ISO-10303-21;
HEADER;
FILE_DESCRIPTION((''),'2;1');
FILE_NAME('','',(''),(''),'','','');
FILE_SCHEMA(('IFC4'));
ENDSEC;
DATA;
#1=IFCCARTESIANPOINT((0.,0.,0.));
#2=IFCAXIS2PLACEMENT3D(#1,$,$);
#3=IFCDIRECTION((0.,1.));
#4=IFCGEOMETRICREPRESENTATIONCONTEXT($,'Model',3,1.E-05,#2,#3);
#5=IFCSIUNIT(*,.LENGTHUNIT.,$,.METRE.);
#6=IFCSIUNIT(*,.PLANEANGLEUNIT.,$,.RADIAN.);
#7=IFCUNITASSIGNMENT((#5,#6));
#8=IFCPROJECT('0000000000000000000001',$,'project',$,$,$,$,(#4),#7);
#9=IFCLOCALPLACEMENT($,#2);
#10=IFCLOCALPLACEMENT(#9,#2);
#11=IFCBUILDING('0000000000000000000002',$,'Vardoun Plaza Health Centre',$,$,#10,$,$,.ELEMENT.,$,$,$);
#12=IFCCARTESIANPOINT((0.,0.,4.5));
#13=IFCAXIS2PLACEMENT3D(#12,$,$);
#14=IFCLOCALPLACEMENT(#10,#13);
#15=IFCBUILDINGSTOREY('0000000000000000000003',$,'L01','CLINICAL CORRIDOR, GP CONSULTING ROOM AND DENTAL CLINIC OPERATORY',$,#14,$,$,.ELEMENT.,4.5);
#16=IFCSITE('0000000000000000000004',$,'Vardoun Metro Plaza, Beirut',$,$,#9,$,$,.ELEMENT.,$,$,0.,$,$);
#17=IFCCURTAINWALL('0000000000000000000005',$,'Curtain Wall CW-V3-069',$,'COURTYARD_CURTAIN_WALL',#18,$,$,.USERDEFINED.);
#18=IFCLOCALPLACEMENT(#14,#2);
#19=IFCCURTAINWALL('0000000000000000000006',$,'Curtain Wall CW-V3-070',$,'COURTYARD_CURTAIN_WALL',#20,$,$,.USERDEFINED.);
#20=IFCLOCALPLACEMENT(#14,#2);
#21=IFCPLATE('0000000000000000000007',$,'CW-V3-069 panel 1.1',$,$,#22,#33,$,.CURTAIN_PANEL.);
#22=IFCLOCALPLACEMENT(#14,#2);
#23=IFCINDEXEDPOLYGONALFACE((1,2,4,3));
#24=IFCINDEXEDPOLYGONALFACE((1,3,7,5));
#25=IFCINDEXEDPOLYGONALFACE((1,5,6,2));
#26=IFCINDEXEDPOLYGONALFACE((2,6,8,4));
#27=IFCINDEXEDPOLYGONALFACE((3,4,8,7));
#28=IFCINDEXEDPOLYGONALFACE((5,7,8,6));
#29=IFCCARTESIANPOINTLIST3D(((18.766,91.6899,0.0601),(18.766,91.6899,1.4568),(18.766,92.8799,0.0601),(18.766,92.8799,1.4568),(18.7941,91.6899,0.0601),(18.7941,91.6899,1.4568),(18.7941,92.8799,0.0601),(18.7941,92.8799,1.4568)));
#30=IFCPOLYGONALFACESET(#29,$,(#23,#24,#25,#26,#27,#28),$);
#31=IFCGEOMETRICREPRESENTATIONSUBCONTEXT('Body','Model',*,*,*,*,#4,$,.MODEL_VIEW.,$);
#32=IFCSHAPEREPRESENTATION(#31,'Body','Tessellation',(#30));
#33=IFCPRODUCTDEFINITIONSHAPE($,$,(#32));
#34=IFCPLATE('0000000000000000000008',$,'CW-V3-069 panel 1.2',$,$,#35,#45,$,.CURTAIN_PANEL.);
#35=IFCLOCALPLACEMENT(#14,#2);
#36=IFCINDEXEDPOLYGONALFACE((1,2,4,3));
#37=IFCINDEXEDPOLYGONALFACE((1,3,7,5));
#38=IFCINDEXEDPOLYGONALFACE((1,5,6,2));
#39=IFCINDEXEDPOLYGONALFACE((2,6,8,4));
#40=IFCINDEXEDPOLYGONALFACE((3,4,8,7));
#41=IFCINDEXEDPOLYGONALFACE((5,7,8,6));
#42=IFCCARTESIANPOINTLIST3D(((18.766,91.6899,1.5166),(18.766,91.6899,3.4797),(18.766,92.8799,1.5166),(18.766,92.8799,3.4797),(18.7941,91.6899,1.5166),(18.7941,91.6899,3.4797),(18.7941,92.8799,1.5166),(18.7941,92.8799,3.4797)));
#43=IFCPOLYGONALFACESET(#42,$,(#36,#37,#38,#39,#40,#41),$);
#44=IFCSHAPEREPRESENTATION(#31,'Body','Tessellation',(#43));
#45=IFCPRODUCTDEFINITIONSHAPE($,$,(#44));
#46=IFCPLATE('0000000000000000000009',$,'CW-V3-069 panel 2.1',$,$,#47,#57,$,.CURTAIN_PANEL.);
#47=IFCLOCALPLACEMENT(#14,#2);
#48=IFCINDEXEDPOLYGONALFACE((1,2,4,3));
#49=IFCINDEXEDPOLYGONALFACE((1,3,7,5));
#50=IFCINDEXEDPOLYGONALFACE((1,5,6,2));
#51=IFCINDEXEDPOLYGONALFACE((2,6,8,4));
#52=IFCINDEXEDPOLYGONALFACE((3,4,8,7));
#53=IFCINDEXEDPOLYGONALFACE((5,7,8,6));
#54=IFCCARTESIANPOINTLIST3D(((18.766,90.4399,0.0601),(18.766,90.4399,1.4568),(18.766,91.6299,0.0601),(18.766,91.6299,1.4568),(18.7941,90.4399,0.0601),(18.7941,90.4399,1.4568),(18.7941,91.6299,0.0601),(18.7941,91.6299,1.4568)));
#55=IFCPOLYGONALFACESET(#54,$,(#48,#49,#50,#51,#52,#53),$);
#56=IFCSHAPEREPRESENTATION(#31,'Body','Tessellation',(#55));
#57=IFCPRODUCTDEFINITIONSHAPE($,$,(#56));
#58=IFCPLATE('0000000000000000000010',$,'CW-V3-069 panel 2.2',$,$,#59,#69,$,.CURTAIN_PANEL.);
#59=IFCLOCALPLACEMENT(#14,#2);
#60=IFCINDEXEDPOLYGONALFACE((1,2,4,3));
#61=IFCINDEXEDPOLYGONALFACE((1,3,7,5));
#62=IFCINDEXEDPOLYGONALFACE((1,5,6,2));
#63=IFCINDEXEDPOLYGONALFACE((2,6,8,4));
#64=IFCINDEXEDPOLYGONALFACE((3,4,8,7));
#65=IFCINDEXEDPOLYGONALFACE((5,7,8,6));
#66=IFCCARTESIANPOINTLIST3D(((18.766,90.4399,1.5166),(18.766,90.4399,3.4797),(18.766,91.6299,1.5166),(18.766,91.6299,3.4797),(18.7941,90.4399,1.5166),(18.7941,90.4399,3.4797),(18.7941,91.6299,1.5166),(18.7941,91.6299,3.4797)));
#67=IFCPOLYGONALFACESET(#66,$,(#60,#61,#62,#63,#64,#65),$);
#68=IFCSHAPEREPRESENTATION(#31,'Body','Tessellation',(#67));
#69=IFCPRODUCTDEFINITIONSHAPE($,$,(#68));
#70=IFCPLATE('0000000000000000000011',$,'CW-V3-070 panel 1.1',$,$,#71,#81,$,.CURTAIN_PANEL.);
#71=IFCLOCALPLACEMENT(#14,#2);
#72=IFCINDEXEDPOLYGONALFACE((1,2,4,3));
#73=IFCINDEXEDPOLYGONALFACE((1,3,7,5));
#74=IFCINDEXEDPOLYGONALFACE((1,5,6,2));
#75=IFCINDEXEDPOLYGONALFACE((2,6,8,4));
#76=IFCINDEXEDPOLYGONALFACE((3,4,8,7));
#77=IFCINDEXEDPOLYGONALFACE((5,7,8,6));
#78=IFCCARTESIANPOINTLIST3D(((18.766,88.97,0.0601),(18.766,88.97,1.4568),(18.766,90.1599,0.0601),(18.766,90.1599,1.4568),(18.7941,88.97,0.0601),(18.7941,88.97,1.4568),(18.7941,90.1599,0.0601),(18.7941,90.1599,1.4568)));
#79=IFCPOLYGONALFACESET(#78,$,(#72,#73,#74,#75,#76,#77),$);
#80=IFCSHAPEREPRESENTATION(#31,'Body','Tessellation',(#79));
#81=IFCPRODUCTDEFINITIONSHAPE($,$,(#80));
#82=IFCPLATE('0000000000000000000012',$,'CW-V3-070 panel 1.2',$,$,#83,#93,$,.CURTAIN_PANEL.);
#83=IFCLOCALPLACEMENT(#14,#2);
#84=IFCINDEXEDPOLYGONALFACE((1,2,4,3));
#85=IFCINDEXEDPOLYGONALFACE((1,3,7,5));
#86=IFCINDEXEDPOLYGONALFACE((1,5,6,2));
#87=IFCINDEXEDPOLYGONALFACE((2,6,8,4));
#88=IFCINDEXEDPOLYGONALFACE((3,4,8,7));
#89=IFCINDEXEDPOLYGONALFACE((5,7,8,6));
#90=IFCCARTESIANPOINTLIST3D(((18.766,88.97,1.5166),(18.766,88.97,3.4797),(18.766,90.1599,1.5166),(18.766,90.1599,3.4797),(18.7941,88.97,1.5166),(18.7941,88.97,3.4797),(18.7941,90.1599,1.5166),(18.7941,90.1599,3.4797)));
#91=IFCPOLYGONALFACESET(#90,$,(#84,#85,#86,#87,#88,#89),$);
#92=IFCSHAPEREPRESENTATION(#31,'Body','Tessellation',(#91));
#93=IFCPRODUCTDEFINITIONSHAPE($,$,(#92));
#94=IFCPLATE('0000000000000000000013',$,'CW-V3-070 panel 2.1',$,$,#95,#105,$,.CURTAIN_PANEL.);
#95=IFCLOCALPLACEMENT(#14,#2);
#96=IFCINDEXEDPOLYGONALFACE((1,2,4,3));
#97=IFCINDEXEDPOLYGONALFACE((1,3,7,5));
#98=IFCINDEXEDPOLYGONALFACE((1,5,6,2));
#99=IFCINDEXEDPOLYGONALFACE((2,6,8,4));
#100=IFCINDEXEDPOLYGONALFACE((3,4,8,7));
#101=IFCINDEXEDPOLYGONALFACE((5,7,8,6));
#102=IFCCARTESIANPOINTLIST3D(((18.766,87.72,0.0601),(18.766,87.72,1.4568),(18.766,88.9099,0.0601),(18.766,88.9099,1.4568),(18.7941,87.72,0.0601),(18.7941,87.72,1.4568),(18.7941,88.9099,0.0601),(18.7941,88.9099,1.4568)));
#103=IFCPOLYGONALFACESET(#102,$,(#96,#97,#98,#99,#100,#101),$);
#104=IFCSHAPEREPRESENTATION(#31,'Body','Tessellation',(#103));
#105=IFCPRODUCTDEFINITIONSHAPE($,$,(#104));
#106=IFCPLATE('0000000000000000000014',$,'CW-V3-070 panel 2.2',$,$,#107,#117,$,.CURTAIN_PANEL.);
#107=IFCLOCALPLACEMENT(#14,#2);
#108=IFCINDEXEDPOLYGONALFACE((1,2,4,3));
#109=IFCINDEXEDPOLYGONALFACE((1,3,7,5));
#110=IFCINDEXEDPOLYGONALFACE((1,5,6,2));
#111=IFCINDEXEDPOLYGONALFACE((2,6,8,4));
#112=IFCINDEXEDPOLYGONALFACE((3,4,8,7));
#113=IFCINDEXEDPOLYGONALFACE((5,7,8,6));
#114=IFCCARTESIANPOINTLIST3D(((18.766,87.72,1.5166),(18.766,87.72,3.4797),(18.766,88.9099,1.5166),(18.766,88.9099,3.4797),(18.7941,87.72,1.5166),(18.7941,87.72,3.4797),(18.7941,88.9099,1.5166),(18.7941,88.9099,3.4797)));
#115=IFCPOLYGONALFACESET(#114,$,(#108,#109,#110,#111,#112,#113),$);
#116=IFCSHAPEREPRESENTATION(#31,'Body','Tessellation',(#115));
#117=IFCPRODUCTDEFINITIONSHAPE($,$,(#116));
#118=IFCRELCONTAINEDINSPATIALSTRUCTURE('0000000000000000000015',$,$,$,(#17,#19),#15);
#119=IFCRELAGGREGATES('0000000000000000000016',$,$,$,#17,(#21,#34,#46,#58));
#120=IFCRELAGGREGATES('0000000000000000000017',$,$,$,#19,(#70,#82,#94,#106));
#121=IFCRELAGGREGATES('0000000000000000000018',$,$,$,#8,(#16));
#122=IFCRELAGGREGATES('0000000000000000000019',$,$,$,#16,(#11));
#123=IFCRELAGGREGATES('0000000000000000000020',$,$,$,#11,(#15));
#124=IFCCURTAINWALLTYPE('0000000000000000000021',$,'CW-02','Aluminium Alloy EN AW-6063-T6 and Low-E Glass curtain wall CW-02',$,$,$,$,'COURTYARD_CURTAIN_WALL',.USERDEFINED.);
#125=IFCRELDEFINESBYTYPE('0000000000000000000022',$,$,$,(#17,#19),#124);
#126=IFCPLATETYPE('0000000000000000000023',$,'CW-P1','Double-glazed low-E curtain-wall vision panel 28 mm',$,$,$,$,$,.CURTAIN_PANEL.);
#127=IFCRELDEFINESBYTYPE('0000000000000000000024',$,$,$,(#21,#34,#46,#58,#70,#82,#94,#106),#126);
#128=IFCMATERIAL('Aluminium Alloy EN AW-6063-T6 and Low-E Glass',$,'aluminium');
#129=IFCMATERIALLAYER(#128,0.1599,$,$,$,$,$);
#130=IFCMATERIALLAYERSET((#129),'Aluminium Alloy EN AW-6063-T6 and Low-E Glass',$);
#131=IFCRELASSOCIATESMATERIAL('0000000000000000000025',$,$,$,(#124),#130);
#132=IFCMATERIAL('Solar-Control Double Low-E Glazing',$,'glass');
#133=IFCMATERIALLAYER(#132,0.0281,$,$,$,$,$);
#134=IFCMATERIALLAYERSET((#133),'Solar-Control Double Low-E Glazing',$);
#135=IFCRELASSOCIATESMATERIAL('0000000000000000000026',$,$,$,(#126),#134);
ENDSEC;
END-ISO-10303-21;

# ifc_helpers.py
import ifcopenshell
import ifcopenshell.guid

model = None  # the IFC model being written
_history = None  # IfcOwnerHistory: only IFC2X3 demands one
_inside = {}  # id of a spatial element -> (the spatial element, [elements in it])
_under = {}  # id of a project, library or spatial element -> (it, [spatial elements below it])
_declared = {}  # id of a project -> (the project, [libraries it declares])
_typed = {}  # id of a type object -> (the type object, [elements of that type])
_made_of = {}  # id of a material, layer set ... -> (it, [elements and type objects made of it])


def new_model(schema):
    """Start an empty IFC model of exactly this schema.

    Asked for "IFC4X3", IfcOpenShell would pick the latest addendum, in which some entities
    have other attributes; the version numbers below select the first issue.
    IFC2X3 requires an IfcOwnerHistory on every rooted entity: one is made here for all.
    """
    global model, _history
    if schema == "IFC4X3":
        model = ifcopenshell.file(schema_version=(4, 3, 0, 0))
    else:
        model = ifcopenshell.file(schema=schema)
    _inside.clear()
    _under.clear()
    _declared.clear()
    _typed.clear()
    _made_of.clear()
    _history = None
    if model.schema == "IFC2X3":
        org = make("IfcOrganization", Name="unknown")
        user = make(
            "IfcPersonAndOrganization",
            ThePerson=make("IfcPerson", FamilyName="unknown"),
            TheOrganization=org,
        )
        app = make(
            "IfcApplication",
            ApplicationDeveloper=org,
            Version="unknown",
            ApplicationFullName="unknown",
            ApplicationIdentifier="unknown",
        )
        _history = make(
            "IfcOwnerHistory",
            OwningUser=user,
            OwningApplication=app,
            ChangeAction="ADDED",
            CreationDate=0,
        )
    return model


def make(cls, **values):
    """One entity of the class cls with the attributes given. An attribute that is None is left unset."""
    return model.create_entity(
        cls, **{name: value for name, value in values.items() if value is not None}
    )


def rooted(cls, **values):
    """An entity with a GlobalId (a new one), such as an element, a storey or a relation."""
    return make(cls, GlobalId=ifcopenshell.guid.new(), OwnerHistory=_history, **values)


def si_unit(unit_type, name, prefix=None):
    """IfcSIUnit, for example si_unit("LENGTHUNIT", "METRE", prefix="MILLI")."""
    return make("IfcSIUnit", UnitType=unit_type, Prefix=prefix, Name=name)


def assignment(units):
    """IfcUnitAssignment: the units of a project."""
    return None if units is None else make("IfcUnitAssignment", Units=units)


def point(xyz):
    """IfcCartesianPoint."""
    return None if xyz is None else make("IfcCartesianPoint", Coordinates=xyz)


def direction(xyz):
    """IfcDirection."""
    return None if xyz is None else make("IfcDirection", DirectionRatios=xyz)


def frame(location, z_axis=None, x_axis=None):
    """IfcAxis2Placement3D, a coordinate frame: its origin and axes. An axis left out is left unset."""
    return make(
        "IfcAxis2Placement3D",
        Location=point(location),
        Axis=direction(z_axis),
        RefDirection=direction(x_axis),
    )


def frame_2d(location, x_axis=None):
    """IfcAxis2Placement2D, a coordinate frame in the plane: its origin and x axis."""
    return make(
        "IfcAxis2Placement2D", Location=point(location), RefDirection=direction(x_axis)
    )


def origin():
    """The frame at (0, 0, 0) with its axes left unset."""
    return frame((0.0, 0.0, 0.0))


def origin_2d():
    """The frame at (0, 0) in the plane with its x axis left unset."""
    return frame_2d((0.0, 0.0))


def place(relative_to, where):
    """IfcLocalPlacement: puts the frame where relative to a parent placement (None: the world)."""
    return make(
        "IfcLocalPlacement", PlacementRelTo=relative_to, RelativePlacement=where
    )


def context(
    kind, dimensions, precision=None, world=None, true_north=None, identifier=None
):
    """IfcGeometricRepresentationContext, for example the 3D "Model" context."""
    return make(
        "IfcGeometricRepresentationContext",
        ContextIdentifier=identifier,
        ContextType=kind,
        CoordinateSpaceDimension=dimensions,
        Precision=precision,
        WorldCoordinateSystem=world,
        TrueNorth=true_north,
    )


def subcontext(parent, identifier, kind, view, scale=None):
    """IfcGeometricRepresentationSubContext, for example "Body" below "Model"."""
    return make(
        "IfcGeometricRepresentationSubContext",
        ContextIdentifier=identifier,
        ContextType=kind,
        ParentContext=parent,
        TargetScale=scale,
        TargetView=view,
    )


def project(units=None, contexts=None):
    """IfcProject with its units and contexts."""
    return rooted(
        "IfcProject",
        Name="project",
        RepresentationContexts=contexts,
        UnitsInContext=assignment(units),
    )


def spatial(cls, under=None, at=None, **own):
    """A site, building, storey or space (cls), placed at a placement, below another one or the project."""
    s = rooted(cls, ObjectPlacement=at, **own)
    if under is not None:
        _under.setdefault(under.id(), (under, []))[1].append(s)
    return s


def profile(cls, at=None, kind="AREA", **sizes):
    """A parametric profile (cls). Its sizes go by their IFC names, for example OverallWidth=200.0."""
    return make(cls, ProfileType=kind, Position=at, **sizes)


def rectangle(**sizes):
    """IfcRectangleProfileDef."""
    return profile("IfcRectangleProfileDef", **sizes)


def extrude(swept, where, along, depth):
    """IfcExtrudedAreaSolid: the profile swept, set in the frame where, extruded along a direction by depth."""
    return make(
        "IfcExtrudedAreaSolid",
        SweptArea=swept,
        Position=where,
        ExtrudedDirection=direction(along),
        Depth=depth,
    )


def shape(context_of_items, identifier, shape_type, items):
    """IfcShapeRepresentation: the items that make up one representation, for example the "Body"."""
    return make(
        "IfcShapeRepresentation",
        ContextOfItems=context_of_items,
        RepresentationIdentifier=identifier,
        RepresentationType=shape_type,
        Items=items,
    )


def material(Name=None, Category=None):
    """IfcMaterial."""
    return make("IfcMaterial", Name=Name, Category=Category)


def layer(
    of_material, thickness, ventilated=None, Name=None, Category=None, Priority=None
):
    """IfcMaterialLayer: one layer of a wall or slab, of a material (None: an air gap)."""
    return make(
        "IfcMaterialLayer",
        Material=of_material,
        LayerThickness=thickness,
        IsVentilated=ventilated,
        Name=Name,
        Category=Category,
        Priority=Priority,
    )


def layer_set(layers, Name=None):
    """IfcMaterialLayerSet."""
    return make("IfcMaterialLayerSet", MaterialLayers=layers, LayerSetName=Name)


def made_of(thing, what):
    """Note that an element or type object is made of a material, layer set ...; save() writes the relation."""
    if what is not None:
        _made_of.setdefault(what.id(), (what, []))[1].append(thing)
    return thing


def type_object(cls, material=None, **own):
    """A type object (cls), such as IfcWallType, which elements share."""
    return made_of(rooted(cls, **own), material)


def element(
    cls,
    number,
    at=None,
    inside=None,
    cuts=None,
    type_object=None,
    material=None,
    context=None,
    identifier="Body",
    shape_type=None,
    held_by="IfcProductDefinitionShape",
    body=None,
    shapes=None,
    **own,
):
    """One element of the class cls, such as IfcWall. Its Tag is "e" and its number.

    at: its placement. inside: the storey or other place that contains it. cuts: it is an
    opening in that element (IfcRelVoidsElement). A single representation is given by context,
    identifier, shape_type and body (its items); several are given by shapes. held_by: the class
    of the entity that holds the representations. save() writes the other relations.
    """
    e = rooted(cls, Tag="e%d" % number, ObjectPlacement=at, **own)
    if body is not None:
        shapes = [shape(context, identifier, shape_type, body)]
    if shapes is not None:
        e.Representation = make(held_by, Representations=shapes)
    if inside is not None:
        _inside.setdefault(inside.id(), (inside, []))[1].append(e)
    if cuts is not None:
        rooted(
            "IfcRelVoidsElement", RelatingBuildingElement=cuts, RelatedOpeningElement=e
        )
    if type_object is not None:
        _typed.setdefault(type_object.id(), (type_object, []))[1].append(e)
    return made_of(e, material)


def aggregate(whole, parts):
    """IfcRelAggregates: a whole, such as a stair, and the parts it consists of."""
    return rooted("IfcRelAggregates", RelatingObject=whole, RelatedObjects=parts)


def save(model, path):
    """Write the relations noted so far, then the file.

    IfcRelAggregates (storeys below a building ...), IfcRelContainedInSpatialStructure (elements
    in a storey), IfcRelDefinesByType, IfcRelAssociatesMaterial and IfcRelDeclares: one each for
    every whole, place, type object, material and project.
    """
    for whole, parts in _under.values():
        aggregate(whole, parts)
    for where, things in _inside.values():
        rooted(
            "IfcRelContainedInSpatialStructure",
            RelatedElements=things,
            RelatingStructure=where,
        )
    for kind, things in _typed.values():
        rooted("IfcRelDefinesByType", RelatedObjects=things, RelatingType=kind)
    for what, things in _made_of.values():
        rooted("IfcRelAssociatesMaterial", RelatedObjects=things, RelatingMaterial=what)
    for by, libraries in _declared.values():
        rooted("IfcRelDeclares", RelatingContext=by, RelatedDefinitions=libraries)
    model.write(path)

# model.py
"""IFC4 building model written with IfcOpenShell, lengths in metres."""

from ifc_helpers import new_model, si_unit, direction, frame, origin, origin_2d, place, context, subcontext, project, spatial, rectangle, extrude, material, layer, layer_set, type_object, element, aggregate, save


model = new_model("IFC4")

# Units and contexts
model_context = context("Model", 3, precision=1e-05, world=origin(), true_north=direction((0.0, 1.0)))
body_context = subcontext(model_context, "Body", "Model", "MODEL_VIEW")
ifc_project = project(units=[si_unit("LENGTHUNIT", "METRE"), si_unit("PLANEANGLEUNIT", "RADIAN")], contexts=[model_context])

# Site, building, storey
site_placement = place(None, origin())
site = spatial("IfcSite", under=ifc_project, at=site_placement, Name="Vardoun Metro Plaza, Beirut", CompositionType="ELEMENT", RefElevation=0.0)
building_placement = place(site_placement, origin())
building = spatial("IfcBuilding", under=site, at=building_placement, Name="Vardoun Plaza Health Centre", CompositionType="ELEMENT")
storey_placement = place(building_placement, frame((0.0, 0.0, 4.5)))
storey = spatial("IfcBuildingStorey", under=building, at=storey_placement, Name="L01", Description="CLINICAL CORRIDOR, GP CONSULTING ROOM AND DENTAL CLINIC OPERATORY", CompositionType="ELEMENT", Elevation=4.5)

# Curtain walls
ifc_material_1 = material(Name="Aluminium Alloy EN AW-6063-T6 and Low-E Glass", Category="aluminium")
ifc_layer_1 = layer(ifc_material_1, 0.1599)
ifc_layer_set_1 = layer_set([ifc_layer_1], Name="Aluminium Alloy EN AW-6063-T6 and Low-E Glass")
curtain_wall_type = type_object("IfcCurtainWallType", Name="CW-02", Description="Aluminium Alloy EN AW-6063-T6 and Low-E Glass curtain wall CW-02", ElementType="COURTYARD_CURTAIN_WALL", PredefinedType="USERDEFINED", material=ifc_layer_set_1)
curtain_wall_1_placement = place(storey_placement, origin())
curtain_wall_1 = element("IfcCurtainWall", 1, at=curtain_wall_1_placement, inside=storey, type_object=curtain_wall_type, Name="Curtain Wall CW-V3-069", ObjectType="COURTYARD_CURTAIN_WALL", PredefinedType="USERDEFINED")
curtain_wall_2_placement = place(storey_placement, origin())
curtain_wall_2 = element("IfcCurtainWall", 2, at=curtain_wall_2_placement, inside=storey, type_object=curtain_wall_type, Name="Curtain Wall CW-V3-070", ObjectType="COURTYARD_CURTAIN_WALL", PredefinedType="USERDEFINED")

# Plates
ifc_material_2 = material(Name="Solar-Control Double Low-E Glazing", Category="glass")
ifc_layer_2 = layer(ifc_material_2, 0.0281)
ifc_layer_set_2 = layer_set([ifc_layer_2], Name="Solar-Control Double Low-E Glazing")
plate_type = type_object("IfcPlateType", Name="CW-P1", Description="Double-glazed low-E curtain-wall vision panel 28 mm", PredefinedType="CURTAIN_PANEL", material=ifc_layer_set_2)
plate_1_placement = place(storey_placement, frame((18.78, 92.2849, 0.0601), z_axis=(0.0, 0.0, 1.0), x_axis=(0.0, -1.0, 0.0)))
plate_1 = element("IfcPlate", 3, at=plate_1_placement, type_object=plate_type, Name="CW-V3-069 panel 1.1", PredefinedType="CURTAIN_PANEL", context=body_context, shape_type="SweptSolid", body=[
    extrude(rectangle(XDim=1.1899, YDim=0.0281, at=origin_2d()), origin(), (0.0, 0.0, 1.0), 1.3967),
])
plate_2_placement = place(storey_placement, frame((18.78, 92.2849, 1.5166), z_axis=(0.0, 0.0, 1.0), x_axis=(0.0, -1.0, 0.0)))
plate_2 = element("IfcPlate", 4, at=plate_2_placement, type_object=plate_type, Name="CW-V3-069 panel 1.2", PredefinedType="CURTAIN_PANEL", context=body_context, shape_type="SweptSolid", body=[
    extrude(rectangle(XDim=1.1899, YDim=0.0281, at=origin_2d()), origin(), (0.0, 0.0, 1.0), 1.9631),
])
plate_3_placement = place(storey_placement, frame((18.78, 91.0349, 0.0601), z_axis=(0.0, 0.0, 1.0), x_axis=(0.0, -1.0, 0.0)))
plate_3 = element("IfcPlate", 5, at=plate_3_placement, type_object=plate_type, Name="CW-V3-069 panel 2.1", PredefinedType="CURTAIN_PANEL", context=body_context, shape_type="SweptSolid", body=[
    extrude(rectangle(XDim=1.1899, YDim=0.0281, at=origin_2d()), origin(), (0.0, 0.0, 1.0), 1.3967),
])
plate_4_placement = place(storey_placement, frame((18.78, 91.0349, 1.5166), z_axis=(0.0, 0.0, 1.0), x_axis=(0.0, -1.0, 0.0)))
plate_4 = element("IfcPlate", 6, at=plate_4_placement, type_object=plate_type, Name="CW-V3-069 panel 2.2", PredefinedType="CURTAIN_PANEL", context=body_context, shape_type="SweptSolid", body=[
    extrude(rectangle(XDim=1.1899, YDim=0.0281, at=origin_2d()), origin(), (0.0, 0.0, 1.0), 1.9631),
])
aggregate(curtain_wall_1, [plate_1, plate_2, plate_3, plate_4])
plate_5_placement = place(storey_placement, frame((18.78, 89.5649, 0.0601), z_axis=(0.0, 0.0, 1.0), x_axis=(0.0, -1.0, 0.0)))
plate_5 = element("IfcPlate", 7, at=plate_5_placement, type_object=plate_type, Name="CW-V3-070 panel 1.1", PredefinedType="CURTAIN_PANEL", context=body_context, shape_type="SweptSolid", body=[
    extrude(rectangle(XDim=1.1899, YDim=0.0281, at=origin_2d()), origin(), (0.0, 0.0, 1.0), 1.3967),
])
plate_6_placement = place(storey_placement, frame((18.78, 89.5649, 1.5166), z_axis=(0.0, 0.0, 1.0), x_axis=(0.0, -1.0, 0.0)))
plate_6 = element("IfcPlate", 8, at=plate_6_placement, type_object=plate_type, Name="CW-V3-070 panel 1.2", PredefinedType="CURTAIN_PANEL", context=body_context, shape_type="SweptSolid", body=[
    extrude(rectangle(XDim=1.1899, YDim=0.0281, at=origin_2d()), origin(), (0.0, 0.0, 1.0), 1.9631),
])
plate_7_placement = place(storey_placement, frame((18.78, 88.3149, 0.0601), z_axis=(0.0, 0.0, 1.0), x_axis=(0.0, -1.0, 0.0)))
plate_7 = element("IfcPlate", 9, at=plate_7_placement, type_object=plate_type, Name="CW-V3-070 panel 2.1", PredefinedType="CURTAIN_PANEL", context=body_context, shape_type="SweptSolid", body=[
    extrude(rectangle(XDim=1.1899, YDim=0.0281, at=origin_2d()), origin(), (0.0, 0.0, 1.0), 1.3967),
])
plate_8_placement = place(storey_placement, frame((18.78, 88.3149, 1.5166), z_axis=(0.0, 0.0, 1.0), x_axis=(0.0, -1.0, 0.0)))
plate_8 = element("IfcPlate", 10, at=plate_8_placement, type_object=plate_type, Name="CW-V3-070 panel 2.2", PredefinedType="CURTAIN_PANEL", context=body_context, shape_type="SweptSolid", body=[
    extrude(rectangle(XDim=1.1899, YDim=0.0281, at=origin_2d()), origin(), (0.0, 0.0, 1.0), 1.9631),
])
aggregate(curtain_wall_2, [plate_5, plate_6, plate_7, plate_8])

save(model, "model.ifc")
